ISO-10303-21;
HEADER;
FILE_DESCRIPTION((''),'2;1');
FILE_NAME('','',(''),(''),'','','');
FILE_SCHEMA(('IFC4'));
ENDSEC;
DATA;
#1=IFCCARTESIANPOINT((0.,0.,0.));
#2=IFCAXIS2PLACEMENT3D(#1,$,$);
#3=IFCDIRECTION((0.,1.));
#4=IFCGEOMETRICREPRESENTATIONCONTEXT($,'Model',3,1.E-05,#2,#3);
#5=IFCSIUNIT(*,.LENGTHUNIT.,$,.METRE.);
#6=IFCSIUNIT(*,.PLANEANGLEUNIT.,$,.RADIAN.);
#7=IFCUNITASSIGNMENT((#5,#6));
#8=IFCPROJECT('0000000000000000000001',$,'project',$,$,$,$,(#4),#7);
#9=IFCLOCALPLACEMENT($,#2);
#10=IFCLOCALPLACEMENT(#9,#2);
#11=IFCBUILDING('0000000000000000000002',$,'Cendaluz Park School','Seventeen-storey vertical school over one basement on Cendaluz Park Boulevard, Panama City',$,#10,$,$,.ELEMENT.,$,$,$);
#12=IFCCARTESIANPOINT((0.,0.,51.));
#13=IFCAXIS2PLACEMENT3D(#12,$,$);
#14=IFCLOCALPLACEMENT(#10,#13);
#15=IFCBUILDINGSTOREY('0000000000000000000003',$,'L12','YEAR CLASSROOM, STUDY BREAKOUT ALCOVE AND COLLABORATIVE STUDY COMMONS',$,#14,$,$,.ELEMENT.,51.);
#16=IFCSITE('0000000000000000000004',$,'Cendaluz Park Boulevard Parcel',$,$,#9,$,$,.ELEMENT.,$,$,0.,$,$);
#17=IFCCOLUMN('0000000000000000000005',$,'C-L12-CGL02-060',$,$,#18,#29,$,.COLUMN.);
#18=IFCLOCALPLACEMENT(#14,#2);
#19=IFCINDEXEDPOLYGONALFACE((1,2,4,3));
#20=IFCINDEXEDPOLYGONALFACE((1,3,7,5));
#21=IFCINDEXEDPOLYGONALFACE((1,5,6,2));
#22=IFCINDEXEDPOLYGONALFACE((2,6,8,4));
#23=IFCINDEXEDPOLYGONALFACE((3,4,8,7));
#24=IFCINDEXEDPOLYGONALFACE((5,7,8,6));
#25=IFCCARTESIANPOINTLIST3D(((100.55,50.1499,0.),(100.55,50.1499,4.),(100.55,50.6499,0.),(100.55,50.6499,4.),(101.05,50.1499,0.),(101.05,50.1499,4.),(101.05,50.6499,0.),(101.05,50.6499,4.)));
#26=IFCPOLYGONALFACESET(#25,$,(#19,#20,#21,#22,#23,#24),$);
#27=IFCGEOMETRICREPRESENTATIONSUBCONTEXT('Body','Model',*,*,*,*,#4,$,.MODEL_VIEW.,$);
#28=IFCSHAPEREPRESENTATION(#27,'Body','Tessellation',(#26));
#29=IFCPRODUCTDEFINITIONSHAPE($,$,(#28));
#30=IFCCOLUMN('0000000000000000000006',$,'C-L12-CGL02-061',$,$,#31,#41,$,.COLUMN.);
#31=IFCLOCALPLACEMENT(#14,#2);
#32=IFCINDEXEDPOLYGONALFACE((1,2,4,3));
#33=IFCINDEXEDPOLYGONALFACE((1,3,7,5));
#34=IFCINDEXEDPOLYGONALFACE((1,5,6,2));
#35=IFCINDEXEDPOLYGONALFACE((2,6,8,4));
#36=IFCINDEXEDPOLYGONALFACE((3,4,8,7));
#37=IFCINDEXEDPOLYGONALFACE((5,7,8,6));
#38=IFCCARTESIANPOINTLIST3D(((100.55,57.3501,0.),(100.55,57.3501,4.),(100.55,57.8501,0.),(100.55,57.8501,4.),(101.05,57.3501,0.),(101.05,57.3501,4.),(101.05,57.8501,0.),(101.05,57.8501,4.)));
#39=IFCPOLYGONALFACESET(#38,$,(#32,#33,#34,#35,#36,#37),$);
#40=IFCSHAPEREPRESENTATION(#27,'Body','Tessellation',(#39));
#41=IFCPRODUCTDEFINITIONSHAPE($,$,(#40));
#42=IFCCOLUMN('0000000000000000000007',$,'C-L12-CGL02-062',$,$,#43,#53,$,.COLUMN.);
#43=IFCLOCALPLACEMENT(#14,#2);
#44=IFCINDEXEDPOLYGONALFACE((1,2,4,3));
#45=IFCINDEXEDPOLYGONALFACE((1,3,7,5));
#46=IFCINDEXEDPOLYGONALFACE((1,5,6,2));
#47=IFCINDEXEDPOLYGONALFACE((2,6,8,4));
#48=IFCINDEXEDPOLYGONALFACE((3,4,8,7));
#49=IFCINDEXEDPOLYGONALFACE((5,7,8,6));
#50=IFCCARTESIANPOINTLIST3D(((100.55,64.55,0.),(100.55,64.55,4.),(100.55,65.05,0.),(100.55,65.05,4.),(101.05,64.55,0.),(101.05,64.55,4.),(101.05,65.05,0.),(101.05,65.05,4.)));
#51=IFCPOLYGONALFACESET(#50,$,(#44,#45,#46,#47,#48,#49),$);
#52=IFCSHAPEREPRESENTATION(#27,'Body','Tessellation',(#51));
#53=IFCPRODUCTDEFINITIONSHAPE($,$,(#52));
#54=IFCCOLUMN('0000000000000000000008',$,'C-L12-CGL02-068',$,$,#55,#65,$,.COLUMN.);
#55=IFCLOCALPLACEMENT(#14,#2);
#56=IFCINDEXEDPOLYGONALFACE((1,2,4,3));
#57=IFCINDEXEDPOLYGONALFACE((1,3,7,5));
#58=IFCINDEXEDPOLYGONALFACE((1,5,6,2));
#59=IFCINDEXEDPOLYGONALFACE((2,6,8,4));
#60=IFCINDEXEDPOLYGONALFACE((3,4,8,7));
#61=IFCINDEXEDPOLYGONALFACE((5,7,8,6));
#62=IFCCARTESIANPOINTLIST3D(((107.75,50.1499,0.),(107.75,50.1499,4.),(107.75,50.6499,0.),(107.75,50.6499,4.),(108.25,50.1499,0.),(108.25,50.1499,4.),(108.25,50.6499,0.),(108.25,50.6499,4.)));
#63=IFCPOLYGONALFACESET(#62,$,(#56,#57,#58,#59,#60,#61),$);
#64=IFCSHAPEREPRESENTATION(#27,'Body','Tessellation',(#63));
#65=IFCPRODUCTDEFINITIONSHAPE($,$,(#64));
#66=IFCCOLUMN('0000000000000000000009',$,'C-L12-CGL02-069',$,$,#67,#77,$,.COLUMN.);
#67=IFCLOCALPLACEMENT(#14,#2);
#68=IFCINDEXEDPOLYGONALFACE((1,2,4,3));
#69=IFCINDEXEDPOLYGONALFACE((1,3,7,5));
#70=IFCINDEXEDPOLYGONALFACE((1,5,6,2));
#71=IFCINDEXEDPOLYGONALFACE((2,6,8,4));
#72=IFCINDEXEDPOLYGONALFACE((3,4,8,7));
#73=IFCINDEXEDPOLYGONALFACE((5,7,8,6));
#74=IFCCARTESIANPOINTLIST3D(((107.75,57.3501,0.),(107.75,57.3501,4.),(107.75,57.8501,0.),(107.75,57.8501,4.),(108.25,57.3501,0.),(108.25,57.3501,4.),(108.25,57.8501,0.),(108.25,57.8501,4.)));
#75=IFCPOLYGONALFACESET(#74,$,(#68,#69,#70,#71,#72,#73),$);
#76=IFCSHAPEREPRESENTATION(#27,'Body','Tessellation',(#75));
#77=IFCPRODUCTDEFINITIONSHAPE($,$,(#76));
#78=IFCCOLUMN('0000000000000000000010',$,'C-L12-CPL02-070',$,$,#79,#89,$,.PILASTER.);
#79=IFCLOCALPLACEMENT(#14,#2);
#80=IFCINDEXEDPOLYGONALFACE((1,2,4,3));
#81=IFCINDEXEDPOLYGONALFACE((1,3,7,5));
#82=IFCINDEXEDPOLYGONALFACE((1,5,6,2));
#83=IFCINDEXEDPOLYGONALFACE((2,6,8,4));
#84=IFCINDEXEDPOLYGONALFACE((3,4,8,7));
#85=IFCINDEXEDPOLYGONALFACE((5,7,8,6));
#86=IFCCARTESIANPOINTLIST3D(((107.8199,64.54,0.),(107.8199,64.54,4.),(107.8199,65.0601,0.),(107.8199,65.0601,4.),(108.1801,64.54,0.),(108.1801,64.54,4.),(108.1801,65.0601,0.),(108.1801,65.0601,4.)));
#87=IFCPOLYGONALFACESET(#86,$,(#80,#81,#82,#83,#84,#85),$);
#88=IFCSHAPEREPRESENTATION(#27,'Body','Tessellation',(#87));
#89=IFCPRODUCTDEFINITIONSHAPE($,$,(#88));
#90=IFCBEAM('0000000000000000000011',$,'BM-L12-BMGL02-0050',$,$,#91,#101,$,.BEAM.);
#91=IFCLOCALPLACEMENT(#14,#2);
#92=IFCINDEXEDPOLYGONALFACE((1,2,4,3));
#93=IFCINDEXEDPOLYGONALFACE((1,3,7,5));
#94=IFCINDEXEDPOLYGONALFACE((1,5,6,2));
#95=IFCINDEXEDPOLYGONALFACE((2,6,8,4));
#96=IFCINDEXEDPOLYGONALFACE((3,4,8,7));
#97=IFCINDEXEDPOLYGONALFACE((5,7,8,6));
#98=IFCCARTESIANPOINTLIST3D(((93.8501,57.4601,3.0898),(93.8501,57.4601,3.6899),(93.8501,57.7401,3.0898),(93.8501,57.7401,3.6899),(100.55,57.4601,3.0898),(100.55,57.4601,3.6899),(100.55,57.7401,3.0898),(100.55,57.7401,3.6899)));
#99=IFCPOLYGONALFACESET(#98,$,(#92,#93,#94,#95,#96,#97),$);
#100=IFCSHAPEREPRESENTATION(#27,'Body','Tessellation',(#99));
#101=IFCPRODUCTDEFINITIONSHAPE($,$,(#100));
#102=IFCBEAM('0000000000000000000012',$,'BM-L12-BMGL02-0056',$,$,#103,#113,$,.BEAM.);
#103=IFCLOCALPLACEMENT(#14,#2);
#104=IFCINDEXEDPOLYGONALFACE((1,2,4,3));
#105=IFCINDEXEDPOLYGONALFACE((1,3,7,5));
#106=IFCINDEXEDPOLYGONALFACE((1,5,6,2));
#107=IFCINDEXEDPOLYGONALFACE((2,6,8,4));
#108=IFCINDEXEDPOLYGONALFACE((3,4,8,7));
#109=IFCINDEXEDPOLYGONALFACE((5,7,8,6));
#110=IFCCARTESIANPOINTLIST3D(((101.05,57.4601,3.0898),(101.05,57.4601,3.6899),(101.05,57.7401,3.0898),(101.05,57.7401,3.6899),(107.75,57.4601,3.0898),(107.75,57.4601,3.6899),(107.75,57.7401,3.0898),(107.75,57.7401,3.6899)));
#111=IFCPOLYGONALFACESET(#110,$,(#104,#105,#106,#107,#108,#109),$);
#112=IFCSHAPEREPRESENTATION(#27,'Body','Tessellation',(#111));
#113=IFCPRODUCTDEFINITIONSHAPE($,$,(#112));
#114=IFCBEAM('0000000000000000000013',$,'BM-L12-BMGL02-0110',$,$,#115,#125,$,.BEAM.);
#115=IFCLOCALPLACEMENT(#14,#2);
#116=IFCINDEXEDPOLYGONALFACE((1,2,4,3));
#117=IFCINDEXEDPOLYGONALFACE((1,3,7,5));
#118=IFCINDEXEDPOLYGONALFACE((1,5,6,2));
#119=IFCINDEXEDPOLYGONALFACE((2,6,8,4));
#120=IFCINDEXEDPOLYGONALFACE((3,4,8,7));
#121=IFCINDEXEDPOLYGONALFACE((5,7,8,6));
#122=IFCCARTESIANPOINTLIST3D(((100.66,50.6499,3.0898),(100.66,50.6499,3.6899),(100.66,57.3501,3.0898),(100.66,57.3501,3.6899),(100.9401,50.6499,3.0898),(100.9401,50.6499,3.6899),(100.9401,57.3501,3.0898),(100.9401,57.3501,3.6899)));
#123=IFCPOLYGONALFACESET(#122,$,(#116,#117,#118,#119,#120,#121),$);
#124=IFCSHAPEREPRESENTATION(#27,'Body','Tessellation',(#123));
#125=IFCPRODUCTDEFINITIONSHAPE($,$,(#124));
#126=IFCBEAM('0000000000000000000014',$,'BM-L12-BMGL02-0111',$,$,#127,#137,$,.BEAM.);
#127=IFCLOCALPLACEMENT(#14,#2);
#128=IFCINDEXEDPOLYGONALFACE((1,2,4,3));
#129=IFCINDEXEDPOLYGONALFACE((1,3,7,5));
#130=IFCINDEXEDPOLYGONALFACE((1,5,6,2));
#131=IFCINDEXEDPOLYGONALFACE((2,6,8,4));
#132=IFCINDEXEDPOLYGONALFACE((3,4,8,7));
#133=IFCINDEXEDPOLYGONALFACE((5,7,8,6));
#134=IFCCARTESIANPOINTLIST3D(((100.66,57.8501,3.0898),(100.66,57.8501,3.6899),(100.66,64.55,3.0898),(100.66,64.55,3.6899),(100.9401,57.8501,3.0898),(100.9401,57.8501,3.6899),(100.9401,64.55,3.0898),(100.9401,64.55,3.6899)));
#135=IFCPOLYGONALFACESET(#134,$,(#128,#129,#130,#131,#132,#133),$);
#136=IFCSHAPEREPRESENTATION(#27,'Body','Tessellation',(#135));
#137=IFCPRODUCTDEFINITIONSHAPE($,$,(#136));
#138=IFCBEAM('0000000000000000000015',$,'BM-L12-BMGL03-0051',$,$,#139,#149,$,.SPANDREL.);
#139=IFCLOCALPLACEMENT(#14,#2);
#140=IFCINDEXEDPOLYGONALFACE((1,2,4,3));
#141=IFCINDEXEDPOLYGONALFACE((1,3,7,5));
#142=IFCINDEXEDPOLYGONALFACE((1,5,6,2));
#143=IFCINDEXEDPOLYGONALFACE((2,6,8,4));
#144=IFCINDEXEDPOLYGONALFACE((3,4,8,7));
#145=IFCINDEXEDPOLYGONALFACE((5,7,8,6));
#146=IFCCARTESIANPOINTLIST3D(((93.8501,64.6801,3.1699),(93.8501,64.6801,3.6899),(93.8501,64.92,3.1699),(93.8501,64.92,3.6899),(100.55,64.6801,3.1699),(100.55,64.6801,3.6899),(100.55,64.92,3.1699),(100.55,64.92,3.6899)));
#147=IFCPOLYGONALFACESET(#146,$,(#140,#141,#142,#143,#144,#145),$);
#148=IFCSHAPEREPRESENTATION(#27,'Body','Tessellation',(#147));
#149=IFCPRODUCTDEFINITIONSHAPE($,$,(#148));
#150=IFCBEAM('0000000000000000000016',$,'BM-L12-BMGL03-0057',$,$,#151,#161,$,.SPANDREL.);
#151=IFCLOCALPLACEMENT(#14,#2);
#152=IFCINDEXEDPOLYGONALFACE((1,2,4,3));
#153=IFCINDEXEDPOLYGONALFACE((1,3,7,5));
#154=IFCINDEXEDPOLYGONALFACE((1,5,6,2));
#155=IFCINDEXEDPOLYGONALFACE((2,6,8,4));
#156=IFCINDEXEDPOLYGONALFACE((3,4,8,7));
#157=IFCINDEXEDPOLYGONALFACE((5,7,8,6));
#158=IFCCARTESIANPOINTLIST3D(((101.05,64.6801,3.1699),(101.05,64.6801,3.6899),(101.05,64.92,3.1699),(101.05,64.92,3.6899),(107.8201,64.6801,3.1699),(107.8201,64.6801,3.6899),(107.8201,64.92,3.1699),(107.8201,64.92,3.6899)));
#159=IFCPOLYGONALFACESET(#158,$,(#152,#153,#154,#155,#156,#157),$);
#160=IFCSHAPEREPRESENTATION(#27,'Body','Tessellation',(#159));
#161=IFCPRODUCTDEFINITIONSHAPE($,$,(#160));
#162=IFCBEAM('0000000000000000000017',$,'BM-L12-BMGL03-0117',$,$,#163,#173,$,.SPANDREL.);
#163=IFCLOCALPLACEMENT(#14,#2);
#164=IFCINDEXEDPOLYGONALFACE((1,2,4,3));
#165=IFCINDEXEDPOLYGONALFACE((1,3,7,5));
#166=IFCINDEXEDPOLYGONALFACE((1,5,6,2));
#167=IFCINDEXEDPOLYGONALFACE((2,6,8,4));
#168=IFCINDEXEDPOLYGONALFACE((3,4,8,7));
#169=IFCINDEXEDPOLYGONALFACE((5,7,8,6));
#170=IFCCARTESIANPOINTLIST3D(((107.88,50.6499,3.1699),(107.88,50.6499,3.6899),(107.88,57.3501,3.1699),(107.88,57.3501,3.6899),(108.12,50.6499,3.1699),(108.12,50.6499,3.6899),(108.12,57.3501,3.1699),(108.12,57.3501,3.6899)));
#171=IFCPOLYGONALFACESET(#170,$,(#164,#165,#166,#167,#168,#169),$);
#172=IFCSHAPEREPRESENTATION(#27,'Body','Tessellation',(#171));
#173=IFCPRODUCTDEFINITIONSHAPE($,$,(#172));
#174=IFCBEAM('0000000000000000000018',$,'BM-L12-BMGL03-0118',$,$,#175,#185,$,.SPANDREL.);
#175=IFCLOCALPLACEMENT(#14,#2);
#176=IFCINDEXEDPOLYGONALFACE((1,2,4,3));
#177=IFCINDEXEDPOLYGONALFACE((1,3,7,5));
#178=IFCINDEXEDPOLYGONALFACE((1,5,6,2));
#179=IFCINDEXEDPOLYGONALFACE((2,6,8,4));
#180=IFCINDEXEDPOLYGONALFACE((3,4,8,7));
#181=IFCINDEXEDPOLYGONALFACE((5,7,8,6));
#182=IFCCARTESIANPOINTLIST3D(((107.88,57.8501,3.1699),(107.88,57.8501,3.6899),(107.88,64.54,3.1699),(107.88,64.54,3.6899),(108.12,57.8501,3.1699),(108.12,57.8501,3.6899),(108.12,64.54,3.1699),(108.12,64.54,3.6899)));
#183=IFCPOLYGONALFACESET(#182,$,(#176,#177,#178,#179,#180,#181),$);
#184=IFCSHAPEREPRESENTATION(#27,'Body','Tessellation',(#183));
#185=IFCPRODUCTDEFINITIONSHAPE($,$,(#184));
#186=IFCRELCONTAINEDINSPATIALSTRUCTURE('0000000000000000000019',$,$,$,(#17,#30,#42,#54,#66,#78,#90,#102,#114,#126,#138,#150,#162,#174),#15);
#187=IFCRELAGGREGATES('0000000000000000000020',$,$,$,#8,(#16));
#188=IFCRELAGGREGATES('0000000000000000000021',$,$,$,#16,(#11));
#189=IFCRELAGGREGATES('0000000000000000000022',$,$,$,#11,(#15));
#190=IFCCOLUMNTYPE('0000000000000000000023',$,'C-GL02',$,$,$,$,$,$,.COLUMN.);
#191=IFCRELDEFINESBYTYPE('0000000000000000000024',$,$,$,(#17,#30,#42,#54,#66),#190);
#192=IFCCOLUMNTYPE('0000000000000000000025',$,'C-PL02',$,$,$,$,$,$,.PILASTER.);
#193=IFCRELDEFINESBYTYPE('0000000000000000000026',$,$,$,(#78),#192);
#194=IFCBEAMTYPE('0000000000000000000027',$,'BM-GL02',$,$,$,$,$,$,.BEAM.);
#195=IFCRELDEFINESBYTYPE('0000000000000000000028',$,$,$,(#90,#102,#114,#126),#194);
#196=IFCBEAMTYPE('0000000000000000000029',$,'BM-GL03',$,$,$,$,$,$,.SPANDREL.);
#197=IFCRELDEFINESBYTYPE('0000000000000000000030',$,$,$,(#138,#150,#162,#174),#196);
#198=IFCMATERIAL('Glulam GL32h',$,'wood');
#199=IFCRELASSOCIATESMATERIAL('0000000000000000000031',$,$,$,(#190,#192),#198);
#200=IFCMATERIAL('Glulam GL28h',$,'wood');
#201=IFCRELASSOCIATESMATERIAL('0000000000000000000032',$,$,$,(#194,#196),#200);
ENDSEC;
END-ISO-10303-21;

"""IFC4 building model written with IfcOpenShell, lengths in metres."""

from ifc_helpers import new_model, si_unit, direction, frame, origin, origin_2d, place, context, subcontext, project, spatial, rectangle, extrude, material, material_profile, profile_set, type_object, element, save


model = new_model("IFC4")

# Units and contexts
model_context = context("Model", 3, precision=1e-05, world=origin(), true_north=direction((0.0, 1.0)))
body_context = subcontext(model_context, "Body", "Model", "MODEL_VIEW")
ifc_project = project(units=[si_unit("LENGTHUNIT", "METRE"), si_unit("PLANEANGLEUNIT", "RADIAN")], contexts=[model_context])

# Site, building, storey
site_placement = place(None, origin())
site = spatial("IfcSite", under=ifc_project, at=site_placement, Name="Cendaluz Park Boulevard Parcel", CompositionType="ELEMENT", RefElevation=0.0)
building_placement = place(site_placement, origin())
building = spatial("IfcBuilding", under=site, at=building_placement, Name="Cendaluz Park School", Description="Seventeen-storey vertical school over one basement on Cendaluz Park Boulevard, Panama City", CompositionType="ELEMENT")
storey_placement = place(building_placement, frame((0.0, 0.0, 51.0)))
storey = spatial("IfcBuildingStorey", under=building, at=storey_placement, Name="L12", Description="YEAR CLASSROOM, STUDY BREAKOUT ALCOVE AND COLLABORATIVE STUDY COMMONS", CompositionType="ELEMENT", Elevation=51.0)

# Columns
ifc_material_1 = material(Name="Glulam GL32h", Category="wood")
ifc_material_profile_1 = material_profile(ifc_material_1, rectangle(XDim=0.5, YDim=0.5, at=origin_2d()), Name="GL32h 500x500", Category="wood")
ifc_profile_set_1 = profile_set([ifc_material_profile_1], Name="Glulam GL32h")
column_type_1 = type_object("IfcColumnType", Name="C-GL02", PredefinedType="COLUMN", material=ifc_profile_set_1)
for number, where, z_axis, x_axis, name in (
    (1, (100.8, 50.3999, 0.0), (0.0, 0.0, 1.0), (1.0, 0.0, 0.0), "C-L12-CGL02-060"),
    (2, (100.8, 57.6001, 0.0), (0.0, 0.0, 1.0), (1.0, 0.0, 0.0), "C-L12-CGL02-061"),
    (3, (100.8, 64.8, 0.0), (0.0, 0.0, 1.0), (1.0, 0.0, 0.0), "C-L12-CGL02-062"),
    (4, (108.0, 50.3999, 0.0), (0.0, 0.0, 1.0), (1.0, 0.0, 0.0), "C-L12-CGL02-068"),
    (5, (108.0, 57.6001, 0.0), (0.0, 0.0, 1.0), (1.0, 0.0, 0.0), "C-L12-CGL02-069"),
):
    element("IfcColumn", number, at=place(storey_placement, frame(where, z_axis=z_axis, x_axis=x_axis)), inside=storey, type_object=column_type_1, Name=name, PredefinedType="COLUMN", context=body_context, shape_type="SweptSolid", body=[
        extrude(rectangle(XDim=0.5, YDim=0.5, at=origin_2d()), origin(), (0.0, 0.0, 1.0), 4.0),
    ])
ifc_material_profile_2 = material_profile(ifc_material_1, rectangle(XDim=0.3601, YDim=0.52, at=origin_2d()), Name="GL32h 360x520", Category="wood")
ifc_profile_set_2 = profile_set([ifc_material_profile_2], Name="Glulam GL32h")
column_type_2 = type_object("IfcColumnType", Name="C-PL02", PredefinedType="PILASTER", material=ifc_profile_set_2)
column_placement = place(storey_placement, frame((108.0, 64.8, 0.0), z_axis=(0.0, 0.0, 1.0), x_axis=(1.0, 0.0, 0.0)))
element("IfcColumn", 6, at=column_placement, inside=storey, type_object=column_type_2, Name="C-L12-CPL02-070", PredefinedType="PILASTER", context=body_context, shape_type="SweptSolid", body=[
    extrude(rectangle(XDim=0.3601, YDim=0.52, at=origin_2d()), origin(), (0.0, 0.0, 1.0), 4.0),
])

# Beams
ifc_material_2 = material(Name="Glulam GL28h", Category="wood")
ifc_material_profile_3 = material_profile(ifc_material_2, rectangle(XDim=0.28, YDim=0.6001, at=origin_2d()), Name="GL28h 280x600", Category="wood")
ifc_profile_set_3 = profile_set([ifc_material_profile_3], Name="Glulam GL28h")
beam_type_1 = type_object("IfcBeamType", Name="BM-GL02", PredefinedType="BEAM", material=ifc_profile_set_3)
for number, where, z_axis, x_axis, name in (
    (7, (93.8501, 57.6001, 3.3899), (1.0, 0.0, 0.0), (0.0, 1.0, 0.0), "BM-L12-BMGL02-0050"),
    (8, (101.05, 57.6001, 3.3899), (1.0, 0.0, 0.0), (0.0, 1.0, 0.0), "BM-L12-BMGL02-0056"),
):
    element("IfcBeam", number, at=place(storey_placement, frame(where, z_axis=z_axis, x_axis=x_axis)), inside=storey, type_object=beam_type_1, Name=name, PredefinedType="BEAM", context=body_context, shape_type="SweptSolid", body=[
        extrude(rectangle(XDim=0.28, YDim=0.6001, at=origin_2d()), origin(), (0.0, 0.0, 1.0), 6.7),
    ])
beam_1_placement = place(storey_placement, frame((100.8, 50.6499, 3.3899), z_axis=(0.0, 1.0, 0.0), x_axis=(-1.0, 0.0, 0.0)))
element("IfcBeam", 9, at=beam_1_placement, inside=storey, type_object=beam_type_1, Name="BM-L12-BMGL02-0110", PredefinedType="BEAM", context=body_context, shape_type="SweptSolid", body=[
    extrude(rectangle(XDim=0.28, YDim=0.6001, at=origin_2d()), origin(), (0.0, 0.0, 1.0), 6.7002),
])
beam_2_placement = place(storey_placement, frame((100.8, 57.8501, 3.3899), z_axis=(0.0, 1.0, 0.0), x_axis=(-1.0, 0.0, 0.0)))
element("IfcBeam", 10, at=beam_2_placement, inside=storey, type_object=beam_type_1, Name="BM-L12-BMGL02-0111", PredefinedType="BEAM", context=body_context, shape_type="SweptSolid", body=[
    extrude(rectangle(XDim=0.28, YDim=0.6001, at=origin_2d()), origin(), (0.0, 0.0, 1.0), 6.7),
])
ifc_material_profile_4 = material_profile(ifc_material_2, rectangle(XDim=0.24, YDim=0.52, at=origin_2d()), Name="GL28h 240x520", Category="wood")
ifc_profile_set_4 = profile_set([ifc_material_profile_4], Name="Glulam GL28h")
beam_type_2 = type_object("IfcBeamType", Name="BM-GL03", PredefinedType="SPANDREL", material=ifc_profile_set_4)
beam_3_placement = place(storey_placement, frame((93.8501, 64.8, 3.4299), z_axis=(1.0, 0.0, 0.0), x_axis=(0.0, 1.0, 0.0)))
element("IfcBeam", 11, at=beam_3_placement, inside=storey, type_object=beam_type_2, Name="BM-L12-BMGL03-0051", PredefinedType="SPANDREL", context=body_context, shape_type="SweptSolid", body=[
    extrude(rectangle(XDim=0.24, YDim=0.52, at=origin_2d()), origin(), (0.0, 0.0, 1.0), 6.7),
])
beam_4_placement = place(storey_placement, frame((101.05, 64.8, 3.4299), z_axis=(1.0, 0.0, 0.0), x_axis=(0.0, 1.0, 0.0)))
element("IfcBeam", 12, at=beam_4_placement, inside=storey, type_object=beam_type_2, Name="BM-L12-BMGL03-0057", PredefinedType="SPANDREL", context=body_context, shape_type="SweptSolid", body=[
    extrude(rectangle(XDim=0.24, YDim=0.52, at=origin_2d()), origin(), (0.0, 0.0, 1.0), 6.77),
])
beam_5_placement = place(storey_placement, frame((108.0, 50.6499, 3.4299), z_axis=(0.0, 1.0, 0.0), x_axis=(-1.0, 0.0, 0.0)))
element("IfcBeam", 13, at=beam_5_placement, inside=storey, type_object=beam_type_2, Name="BM-L12-BMGL03-0117", PredefinedType="SPANDREL", context=body_context, shape_type="SweptSolid", body=[
    extrude(rectangle(XDim=0.24, YDim=0.52, at=origin_2d()), origin(), (0.0, 0.0, 1.0), 6.7002),
])
beam_6_placement = place(storey_placement, frame((108.0, 57.8501, 3.4299), z_axis=(0.0, 1.0, 0.0), x_axis=(-1.0, 0.0, 0.0)))
element("IfcBeam", 14, at=beam_6_placement, inside=storey, type_object=beam_type_2, Name="BM-L12-BMGL03-0118", PredefinedType="SPANDREL", context=body_context, shape_type="SweptSolid", body=[
    extrude(rectangle(XDim=0.24, YDim=0.52, at=origin_2d()), origin(), (0.0, 0.0, 1.0), 6.6899),
])

save(model, "model.ifc")
